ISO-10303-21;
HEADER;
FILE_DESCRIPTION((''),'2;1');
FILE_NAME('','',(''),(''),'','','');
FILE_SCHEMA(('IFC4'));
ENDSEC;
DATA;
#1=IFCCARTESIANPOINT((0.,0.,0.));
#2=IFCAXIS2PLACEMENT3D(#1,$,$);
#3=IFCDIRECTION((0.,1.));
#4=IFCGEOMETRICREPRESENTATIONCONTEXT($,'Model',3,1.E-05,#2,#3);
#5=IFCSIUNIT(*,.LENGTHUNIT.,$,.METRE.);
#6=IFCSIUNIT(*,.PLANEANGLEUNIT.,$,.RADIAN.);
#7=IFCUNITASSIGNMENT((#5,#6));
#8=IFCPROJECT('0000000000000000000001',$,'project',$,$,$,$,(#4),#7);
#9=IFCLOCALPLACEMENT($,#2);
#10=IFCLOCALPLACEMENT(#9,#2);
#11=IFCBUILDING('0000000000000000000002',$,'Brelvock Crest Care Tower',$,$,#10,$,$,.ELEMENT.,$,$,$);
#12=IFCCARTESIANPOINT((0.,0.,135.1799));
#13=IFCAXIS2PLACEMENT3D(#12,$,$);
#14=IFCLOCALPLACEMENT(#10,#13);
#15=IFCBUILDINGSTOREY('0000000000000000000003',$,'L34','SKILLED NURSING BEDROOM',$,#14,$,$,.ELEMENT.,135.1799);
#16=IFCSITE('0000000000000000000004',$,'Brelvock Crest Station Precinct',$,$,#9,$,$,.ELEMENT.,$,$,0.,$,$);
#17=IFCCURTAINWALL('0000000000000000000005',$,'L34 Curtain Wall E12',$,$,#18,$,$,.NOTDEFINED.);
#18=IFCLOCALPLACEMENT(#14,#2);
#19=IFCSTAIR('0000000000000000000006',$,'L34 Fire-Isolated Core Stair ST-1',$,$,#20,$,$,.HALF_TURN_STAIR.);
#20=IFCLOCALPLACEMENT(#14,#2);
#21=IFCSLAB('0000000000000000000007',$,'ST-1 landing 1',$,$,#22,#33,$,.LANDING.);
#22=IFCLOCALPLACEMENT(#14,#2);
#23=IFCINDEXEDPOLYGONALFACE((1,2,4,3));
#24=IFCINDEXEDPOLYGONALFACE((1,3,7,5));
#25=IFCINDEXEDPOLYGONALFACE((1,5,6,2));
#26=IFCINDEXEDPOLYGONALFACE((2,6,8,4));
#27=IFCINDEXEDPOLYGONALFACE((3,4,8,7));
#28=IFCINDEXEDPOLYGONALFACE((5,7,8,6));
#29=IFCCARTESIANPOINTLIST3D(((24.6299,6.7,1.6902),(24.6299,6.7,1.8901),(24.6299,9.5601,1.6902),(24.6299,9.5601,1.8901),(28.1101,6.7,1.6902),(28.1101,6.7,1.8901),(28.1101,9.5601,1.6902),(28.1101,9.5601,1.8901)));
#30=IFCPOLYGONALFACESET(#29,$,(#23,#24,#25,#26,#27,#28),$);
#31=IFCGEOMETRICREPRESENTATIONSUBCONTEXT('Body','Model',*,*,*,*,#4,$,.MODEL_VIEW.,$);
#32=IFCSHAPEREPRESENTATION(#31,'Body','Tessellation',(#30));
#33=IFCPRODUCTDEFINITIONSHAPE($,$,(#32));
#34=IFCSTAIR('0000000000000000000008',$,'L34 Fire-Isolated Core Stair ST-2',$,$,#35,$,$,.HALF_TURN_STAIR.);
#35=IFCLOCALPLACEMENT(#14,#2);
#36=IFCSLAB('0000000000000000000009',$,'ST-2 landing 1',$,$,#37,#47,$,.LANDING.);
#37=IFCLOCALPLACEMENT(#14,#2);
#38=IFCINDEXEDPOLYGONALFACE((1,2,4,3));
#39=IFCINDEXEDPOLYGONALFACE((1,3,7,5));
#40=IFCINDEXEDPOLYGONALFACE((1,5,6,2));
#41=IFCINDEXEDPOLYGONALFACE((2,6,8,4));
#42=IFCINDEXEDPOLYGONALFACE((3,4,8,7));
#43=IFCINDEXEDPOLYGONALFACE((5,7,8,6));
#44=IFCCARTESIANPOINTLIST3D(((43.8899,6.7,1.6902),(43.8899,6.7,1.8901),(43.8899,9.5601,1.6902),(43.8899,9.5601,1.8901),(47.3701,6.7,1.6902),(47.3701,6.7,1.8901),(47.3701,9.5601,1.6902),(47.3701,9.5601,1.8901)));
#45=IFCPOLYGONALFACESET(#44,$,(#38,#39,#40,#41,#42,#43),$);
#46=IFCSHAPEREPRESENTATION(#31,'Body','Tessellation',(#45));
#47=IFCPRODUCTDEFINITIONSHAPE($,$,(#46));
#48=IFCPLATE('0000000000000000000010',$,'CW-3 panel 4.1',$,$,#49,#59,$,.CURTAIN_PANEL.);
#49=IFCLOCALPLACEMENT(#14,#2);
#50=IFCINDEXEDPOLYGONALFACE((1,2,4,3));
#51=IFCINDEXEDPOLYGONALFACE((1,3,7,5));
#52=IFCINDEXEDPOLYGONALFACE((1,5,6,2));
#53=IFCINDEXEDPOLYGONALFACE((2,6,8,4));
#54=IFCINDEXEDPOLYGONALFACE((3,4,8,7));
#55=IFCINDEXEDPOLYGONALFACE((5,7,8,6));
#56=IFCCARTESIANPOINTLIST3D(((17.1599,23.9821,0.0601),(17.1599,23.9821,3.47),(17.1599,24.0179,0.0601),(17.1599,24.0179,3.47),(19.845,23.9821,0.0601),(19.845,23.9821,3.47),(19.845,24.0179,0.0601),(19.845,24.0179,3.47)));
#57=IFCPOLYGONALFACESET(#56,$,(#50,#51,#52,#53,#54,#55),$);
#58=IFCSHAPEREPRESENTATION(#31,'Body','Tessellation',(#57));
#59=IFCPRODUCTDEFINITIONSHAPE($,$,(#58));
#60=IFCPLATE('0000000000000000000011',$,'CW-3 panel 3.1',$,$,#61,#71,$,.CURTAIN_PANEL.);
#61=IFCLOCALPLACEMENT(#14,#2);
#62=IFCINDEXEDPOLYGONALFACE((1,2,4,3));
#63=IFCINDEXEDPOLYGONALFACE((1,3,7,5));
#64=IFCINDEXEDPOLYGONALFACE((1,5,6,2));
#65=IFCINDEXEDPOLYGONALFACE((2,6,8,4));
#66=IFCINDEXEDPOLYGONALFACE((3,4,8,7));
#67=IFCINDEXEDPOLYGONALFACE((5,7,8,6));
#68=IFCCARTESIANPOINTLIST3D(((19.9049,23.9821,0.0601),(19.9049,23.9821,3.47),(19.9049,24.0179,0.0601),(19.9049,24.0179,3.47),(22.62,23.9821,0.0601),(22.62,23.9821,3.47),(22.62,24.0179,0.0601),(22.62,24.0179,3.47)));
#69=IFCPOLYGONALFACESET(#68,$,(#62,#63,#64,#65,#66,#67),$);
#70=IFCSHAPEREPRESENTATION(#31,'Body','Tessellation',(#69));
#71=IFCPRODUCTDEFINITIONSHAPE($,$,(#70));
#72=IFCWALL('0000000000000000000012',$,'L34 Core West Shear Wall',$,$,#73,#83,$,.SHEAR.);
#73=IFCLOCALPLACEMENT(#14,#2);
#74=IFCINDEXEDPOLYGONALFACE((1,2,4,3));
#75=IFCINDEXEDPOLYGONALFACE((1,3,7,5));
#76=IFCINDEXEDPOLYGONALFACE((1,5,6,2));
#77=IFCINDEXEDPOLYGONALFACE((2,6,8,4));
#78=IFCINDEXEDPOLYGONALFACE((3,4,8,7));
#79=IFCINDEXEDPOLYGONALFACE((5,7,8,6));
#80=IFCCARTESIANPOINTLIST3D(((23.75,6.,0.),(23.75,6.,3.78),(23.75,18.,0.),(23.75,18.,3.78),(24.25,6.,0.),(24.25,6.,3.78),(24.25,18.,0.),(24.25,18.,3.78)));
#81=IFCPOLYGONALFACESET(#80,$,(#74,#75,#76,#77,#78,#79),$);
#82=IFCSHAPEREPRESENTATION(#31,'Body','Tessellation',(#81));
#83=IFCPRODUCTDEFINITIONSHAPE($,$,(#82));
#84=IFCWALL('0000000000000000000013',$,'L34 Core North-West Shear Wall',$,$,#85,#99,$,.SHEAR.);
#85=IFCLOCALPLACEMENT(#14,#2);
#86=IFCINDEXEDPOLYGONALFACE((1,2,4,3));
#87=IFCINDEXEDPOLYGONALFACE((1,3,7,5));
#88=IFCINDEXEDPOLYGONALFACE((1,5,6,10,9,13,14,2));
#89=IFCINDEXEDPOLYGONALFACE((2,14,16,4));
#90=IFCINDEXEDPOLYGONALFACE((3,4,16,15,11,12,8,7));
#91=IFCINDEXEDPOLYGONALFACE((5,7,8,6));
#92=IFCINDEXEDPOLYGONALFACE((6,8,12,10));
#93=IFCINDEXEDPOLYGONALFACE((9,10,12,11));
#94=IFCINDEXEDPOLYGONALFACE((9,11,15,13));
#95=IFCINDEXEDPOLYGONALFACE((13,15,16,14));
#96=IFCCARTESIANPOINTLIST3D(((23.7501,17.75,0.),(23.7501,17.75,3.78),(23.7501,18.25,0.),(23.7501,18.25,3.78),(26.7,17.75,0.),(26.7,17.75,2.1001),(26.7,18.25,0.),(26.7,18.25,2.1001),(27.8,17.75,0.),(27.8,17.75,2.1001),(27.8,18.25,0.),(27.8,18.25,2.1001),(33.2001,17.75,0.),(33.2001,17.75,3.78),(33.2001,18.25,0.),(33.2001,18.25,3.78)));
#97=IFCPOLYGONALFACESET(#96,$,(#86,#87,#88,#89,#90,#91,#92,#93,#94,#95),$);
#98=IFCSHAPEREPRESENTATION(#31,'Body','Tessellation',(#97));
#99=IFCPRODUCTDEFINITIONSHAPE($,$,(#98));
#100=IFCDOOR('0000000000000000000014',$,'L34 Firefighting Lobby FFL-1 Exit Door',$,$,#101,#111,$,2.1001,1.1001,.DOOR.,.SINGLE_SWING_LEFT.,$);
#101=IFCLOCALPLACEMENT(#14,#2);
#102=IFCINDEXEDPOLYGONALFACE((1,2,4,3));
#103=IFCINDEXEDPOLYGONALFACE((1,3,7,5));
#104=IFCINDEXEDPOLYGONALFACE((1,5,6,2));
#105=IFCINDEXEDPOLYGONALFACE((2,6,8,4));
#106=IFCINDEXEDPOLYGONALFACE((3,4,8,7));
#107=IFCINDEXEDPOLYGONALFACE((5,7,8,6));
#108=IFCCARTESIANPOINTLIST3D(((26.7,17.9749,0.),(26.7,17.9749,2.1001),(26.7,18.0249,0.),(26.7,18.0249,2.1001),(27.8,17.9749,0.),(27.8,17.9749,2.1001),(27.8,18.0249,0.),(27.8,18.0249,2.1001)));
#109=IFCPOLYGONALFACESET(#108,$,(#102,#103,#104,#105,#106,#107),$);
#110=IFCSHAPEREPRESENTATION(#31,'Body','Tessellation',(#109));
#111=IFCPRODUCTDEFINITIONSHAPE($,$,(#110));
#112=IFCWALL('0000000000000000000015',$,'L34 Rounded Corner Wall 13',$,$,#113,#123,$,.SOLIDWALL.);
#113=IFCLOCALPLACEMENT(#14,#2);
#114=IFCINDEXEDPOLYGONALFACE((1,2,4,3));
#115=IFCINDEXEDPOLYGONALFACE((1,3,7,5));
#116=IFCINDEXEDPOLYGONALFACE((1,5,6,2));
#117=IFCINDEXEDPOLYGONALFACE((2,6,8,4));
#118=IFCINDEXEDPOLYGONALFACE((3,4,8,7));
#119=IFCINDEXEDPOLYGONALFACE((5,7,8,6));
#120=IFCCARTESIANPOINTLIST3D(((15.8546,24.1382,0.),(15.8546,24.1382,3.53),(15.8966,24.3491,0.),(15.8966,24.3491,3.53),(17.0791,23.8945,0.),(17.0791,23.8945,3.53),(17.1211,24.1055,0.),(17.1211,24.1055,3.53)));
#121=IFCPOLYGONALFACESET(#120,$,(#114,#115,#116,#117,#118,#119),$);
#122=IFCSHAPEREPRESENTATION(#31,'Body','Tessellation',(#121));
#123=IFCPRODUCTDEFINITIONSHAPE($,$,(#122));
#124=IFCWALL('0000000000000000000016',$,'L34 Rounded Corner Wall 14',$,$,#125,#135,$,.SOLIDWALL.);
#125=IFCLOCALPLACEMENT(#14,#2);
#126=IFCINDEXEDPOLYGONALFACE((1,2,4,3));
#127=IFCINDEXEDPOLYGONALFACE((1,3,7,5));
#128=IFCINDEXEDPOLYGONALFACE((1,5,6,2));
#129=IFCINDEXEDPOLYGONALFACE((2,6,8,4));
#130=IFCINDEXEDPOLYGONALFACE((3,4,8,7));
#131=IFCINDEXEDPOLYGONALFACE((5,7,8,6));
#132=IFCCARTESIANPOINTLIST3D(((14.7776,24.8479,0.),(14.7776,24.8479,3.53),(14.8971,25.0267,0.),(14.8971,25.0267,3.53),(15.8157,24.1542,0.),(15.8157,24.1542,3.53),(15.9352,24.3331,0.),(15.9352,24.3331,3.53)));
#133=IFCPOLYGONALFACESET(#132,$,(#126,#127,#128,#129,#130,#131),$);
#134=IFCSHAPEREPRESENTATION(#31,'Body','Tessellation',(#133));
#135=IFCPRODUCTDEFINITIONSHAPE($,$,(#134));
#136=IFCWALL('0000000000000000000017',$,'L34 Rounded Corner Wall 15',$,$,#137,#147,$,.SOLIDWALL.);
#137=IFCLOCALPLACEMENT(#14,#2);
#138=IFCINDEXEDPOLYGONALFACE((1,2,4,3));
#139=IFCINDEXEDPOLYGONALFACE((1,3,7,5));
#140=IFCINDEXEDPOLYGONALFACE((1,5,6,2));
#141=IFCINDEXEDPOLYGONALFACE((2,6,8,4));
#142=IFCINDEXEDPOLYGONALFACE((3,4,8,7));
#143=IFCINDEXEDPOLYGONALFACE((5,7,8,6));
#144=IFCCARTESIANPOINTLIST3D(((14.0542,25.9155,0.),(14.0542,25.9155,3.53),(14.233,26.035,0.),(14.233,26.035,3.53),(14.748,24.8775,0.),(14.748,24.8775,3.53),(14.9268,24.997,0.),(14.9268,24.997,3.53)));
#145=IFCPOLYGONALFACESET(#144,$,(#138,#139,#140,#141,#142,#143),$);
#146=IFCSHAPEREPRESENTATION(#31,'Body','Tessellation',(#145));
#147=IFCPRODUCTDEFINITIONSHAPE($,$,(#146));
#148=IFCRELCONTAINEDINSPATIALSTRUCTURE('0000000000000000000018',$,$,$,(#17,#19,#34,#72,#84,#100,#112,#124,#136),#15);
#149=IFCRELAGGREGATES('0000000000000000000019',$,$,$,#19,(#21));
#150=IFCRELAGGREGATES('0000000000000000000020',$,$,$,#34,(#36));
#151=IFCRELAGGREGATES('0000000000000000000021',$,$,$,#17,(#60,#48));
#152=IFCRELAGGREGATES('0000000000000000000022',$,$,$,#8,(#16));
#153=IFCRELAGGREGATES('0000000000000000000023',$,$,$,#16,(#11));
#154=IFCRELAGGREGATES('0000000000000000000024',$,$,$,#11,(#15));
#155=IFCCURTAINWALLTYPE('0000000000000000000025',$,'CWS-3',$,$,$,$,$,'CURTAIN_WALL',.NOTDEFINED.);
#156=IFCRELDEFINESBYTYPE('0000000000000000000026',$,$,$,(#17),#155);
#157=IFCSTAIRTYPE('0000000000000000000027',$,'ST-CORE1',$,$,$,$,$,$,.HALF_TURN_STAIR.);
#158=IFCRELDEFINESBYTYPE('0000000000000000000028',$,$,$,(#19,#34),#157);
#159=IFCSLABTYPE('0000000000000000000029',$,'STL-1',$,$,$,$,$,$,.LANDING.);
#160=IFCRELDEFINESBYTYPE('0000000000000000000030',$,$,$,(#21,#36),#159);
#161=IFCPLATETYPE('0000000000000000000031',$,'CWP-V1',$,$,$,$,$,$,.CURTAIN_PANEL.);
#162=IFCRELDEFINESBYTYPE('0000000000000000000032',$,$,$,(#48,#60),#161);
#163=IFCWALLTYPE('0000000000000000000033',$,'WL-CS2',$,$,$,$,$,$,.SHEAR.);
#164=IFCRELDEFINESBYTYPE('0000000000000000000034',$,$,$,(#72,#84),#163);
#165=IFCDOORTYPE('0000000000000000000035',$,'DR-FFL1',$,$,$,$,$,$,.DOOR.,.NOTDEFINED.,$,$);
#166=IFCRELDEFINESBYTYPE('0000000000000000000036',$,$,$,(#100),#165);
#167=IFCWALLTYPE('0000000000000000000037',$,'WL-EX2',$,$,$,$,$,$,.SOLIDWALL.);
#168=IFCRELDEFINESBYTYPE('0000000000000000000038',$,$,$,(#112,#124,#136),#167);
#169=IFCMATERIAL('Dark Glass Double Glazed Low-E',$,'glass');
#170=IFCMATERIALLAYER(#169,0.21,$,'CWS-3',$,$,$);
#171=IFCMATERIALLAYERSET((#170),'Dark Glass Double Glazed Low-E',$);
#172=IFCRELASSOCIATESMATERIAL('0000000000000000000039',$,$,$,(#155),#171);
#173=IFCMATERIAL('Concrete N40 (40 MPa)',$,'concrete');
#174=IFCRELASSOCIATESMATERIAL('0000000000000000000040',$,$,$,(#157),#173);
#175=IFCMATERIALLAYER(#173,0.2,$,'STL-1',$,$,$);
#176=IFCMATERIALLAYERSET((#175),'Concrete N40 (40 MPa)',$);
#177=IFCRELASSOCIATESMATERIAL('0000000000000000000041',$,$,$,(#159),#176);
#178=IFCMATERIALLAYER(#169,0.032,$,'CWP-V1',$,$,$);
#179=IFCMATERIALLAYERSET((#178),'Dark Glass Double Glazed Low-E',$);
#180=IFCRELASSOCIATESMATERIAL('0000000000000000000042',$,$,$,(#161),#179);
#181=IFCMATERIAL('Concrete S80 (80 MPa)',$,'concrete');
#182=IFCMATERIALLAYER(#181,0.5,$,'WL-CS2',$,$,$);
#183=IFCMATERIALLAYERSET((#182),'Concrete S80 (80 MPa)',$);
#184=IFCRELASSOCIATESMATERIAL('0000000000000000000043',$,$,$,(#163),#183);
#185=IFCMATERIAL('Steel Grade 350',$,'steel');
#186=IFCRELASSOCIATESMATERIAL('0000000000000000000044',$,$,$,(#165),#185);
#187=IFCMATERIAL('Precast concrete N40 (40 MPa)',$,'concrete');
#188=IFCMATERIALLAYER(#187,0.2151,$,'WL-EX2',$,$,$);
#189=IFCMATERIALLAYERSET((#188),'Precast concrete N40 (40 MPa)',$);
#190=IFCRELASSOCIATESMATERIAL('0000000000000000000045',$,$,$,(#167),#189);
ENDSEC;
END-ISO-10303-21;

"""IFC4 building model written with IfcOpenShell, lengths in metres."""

from ifc_helpers import new_model, si_unit, direction, frame, frame_2d, origin, origin_2d, place, context, subcontext, project, spatial, polyline, rectangle, outline, extrude, source, transform, mapped, material, layer, layer_set, type_object, element, fill, aggregate, save


model = new_model("IFC4")

# Units and contexts
model_context = context("Model", 3, precision=1e-05, world=origin(), true_north=direction((0.0, 1.0)))
body_context = subcontext(model_context, "Body", "Model", "MODEL_VIEW")
ifc_project = project(units=[si_unit("LENGTHUNIT", "METRE"), si_unit("PLANEANGLEUNIT", "RADIAN")], contexts=[model_context])

# Site, building, storey
site_placement = place(None, origin())
site = spatial("IfcSite", under=ifc_project, at=site_placement, Name="Brelvock Crest Station Precinct", CompositionType="ELEMENT", RefElevation=0.0)
building_placement = place(site_placement, origin())
building = spatial("IfcBuilding", under=site, at=building_placement, Name="Brelvock Crest Care Tower", CompositionType="ELEMENT")
storey_placement = place(building_placement, frame((0.0, 0.0, 135.1799)))
storey = spatial("IfcBuildingStorey", under=building, at=storey_placement, Name="L34", Description="SKILLED NURSING BEDROOM", CompositionType="ELEMENT", Elevation=135.1799)

# Shared definitions
ifc_material_1 = material(Name="Concrete S80 (80 MPa)", Category="concrete")

# Shared definitions
ifc_material_2 = material(Name="Steel Grade 350", Category="steel")

# Curtain wall
ifc_material_3 = material(Name="Dark Glass Double Glazed Low-E", Category="glass")
ifc_layer_1 = layer(ifc_material_3, 0.21, Name="CWS-3")
ifc_layer_set_1 = layer_set([ifc_layer_1], Name="Dark Glass Double Glazed Low-E")
curtain_wall_type = type_object("IfcCurtainWallType", Name="CWS-3", ElementType="CURTAIN_WALL", PredefinedType="NOTDEFINED", material=ifc_layer_set_1)
curtain_wall_placement = place(storey_placement, origin())
curtain_wall = element("IfcCurtainWall", 1, at=curtain_wall_placement, inside=storey, type_object=curtain_wall_type, Name="L34 Curtain Wall E12", PredefinedType="NOTDEFINED")

# Stairs, slabs
ifc_material_4 = material(Name="Concrete N40 (40 MPa)", Category="concrete")
stair_type = type_object("IfcStairType", Name="ST-CORE1", PredefinedType="HALF_TURN_STAIR", material=ifc_material_4)
stair_1_placement = place(storey_placement, origin())
stair_1 = element("IfcStair", 2, at=stair_1_placement, inside=storey, type_object=stair_type, Name="L34 Fire-Isolated Core Stair ST-1", PredefinedType="HALF_TURN_STAIR")
ifc_layer_2 = layer(ifc_material_4, 0.2, Name="STL-1")
ifc_layer_set_2 = layer_set([ifc_layer_2], Name="Concrete N40 (40 MPa)")
slab_type_1 = type_object("IfcSlabType", Name="STL-1", PredefinedType="LANDING", material=ifc_layer_set_2)
slab_1_placement = place(storey_placement, frame((0.0, 0.0, 1.6902)))
slab_1 = element("IfcSlab", 3, at=slab_1_placement, type_object=slab_type_1, Name="ST-1 landing 1", PredefinedType="LANDING", context=body_context, shape_type="SweptSolid", body=[
    extrude(outline(polyline([(24.6299, 9.5601), (24.6299, 6.7), (28.1101, 6.7), (28.1101, 9.5601), (24.6299, 9.5601)])), origin(), (0.0, 0.0, 1.0), 0.2),
])
aggregate(stair_1, [slab_1])
stair_2_placement = place(storey_placement, origin())
stair_2 = element("IfcStair", 4, at=stair_2_placement, inside=storey, type_object=stair_type, Name="L34 Fire-Isolated Core Stair ST-2", PredefinedType="HALF_TURN_STAIR")
slab_2_placement = place(storey_placement, frame((0.0, 0.0, 1.6902)))
slab_2 = element("IfcSlab", 5, at=slab_2_placement, type_object=slab_type_1, Name="ST-2 landing 1", PredefinedType="LANDING", context=body_context, shape_type="SweptSolid", body=[
    extrude(outline(polyline([(43.8899, 9.5601), (43.8899, 6.7), (47.3701, 6.7), (47.3701, 9.5601), (43.8899, 9.5601)])), origin(), (0.0, 0.0, 1.0), 0.2),
])
aggregate(stair_2, [slab_2])

# Plates
ifc_layer_3 = layer(ifc_material_3, 0.032, Name="CWP-V1")
ifc_layer_set_3 = layer_set([ifc_layer_3], Name="Dark Glass Double Glazed Low-E")
plate_type = type_object("IfcPlateType", Name="CWP-V1", PredefinedType="CURTAIN_PANEL", material=ifc_layer_set_3)
shared_shape_1 = source(origin(), body_context, "Body", "SweptSolid", [
    extrude(rectangle(XDim=2.6851, YDim=0.0359, at=origin_2d()), origin(), (0.0, 0.0, 1.0), 3.4099),
])
plate_1_placement = place(storey_placement, frame((18.5024, 24.0, 0.0601), z_axis=(0.0, 0.0, 1.0), x_axis=(-1.0, 0.0, 0.0)))
plate_1 = element("IfcPlate", 6, at=plate_1_placement, type_object=plate_type, Name="CW-3 panel 4.1", PredefinedType="CURTAIN_PANEL", context=body_context, shape_type="MappedRepresentation", body=[
    mapped(shared_shape_1, transform((0.0, 0.0, 0.0), x_axis=(1.0, 0.0, 0.0), y_axis=(0.0, 1.0, 0.0), z_axis=(0.0, 0.0, 1.0), scale=1.0)),
])
shared_shape_2 = source(origin(), body_context, "Body", "SweptSolid", [
    extrude(rectangle(XDim=2.7151, YDim=0.0359, at=origin_2d()), origin(), (0.0, 0.0, 1.0), 3.4099),
])
plate_2_placement = place(storey_placement, frame((21.2625, 24.0, 0.0601), z_axis=(0.0, 0.0, 1.0), x_axis=(-1.0, 0.0, 0.0)))
plate_2 = element("IfcPlate", 7, at=plate_2_placement, type_object=plate_type, Name="CW-3 panel 3.1", PredefinedType="CURTAIN_PANEL", context=body_context, shape_type="MappedRepresentation", body=[
    mapped(shared_shape_2, transform((0.0, 0.0, 0.0), x_axis=(1.0, 0.0, 0.0), y_axis=(0.0, 1.0, 0.0), z_axis=(0.0, 0.0, 1.0), scale=1.0)),
])
aggregate(curtain_wall, [plate_2, plate_1])

# Wall
ifc_layer_4 = layer(ifc_material_1, 0.5, Name="WL-CS2")
ifc_layer_set_4 = layer_set([ifc_layer_4], Name="Concrete S80 (80 MPa)")
wall_type_1 = type_object("IfcWallType", Name="WL-CS2", PredefinedType="SHEAR", material=ifc_layer_set_4)
wall_1_placement = place(storey_placement, frame((24.0, 6.0, 0.0), z_axis=(0.0, 0.0, 1.0), x_axis=(0.0, 1.0, 0.0)))
element("IfcWall", 8, at=wall_1_placement, inside=storey, type_object=wall_type_1, Name="L34 Core West Shear Wall", PredefinedType="SHEAR", context=body_context, shape_type="SweptSolid", body=[
    extrude(rectangle(XDim=12.0, YDim=0.5, at=frame_2d((6.0, 0.0))), origin(), (0.0, 0.0, 1.0), 3.78),
])

# Wall, opening, door
wall_2_placement = place(storey_placement, frame((23.75, 18.0, 0.0), z_axis=(0.0, 0.0, 1.0), x_axis=(1.0, 0.0, 0.0)))
wall_2 = element("IfcWall", 9, at=wall_2_placement, inside=storey, type_object=wall_type_1, Name="L34 Core North-West Shear Wall", PredefinedType="SHEAR", context=body_context, shape_type="SweptSolid", body=[
    extrude(rectangle(XDim=9.45, YDim=0.5, at=frame_2d((4.7251, 0.0))), origin(), (0.0, 0.0, 1.0), 3.78),
])
opening_1_placement = place(wall_2_placement, frame((2.95, 0.0, 0.0)))
opening_1 = element("IfcOpeningElement", 10, at=opening_1_placement, cuts=wall_2, PredefinedType="OPENING", context=body_context, shape_type="SweptSolid", body=[
    extrude(rectangle(XDim=1.1001, YDim=2.1001, at=origin_2d()), frame((0.55, 0.26, 1.05), z_axis=(0.0, -1.0, 0.0), x_axis=(1.0, 0.0, 0.0)), (0.0, 0.0, 1.0), 0.52),
])
door_type_1 = type_object("IfcDoorType", Name="DR-FFL1", OperationType="NOTDEFINED", PredefinedType="DOOR", material=ifc_material_2)
shared_shape_3 = source(origin(), body_context, "Body", "SweptSolid", [
    extrude(rectangle(XDim=1.1001, YDim=2.1001, at=origin_2d()), frame((0.55, 0.0249, 1.05), z_axis=(0.0, -1.0, 0.0), x_axis=(1.0, 0.0, 0.0)), (0.0, 0.0, 1.0), 0.05),
])
door_1_placement = place(opening_1_placement, origin())
door_1 = element("IfcDoor", 11, at=door_1_placement, inside=storey, type_object=door_type_1, Name="L34 Firefighting Lobby FFL-1 Exit Door", OperationType="SINGLE_SWING_LEFT", OverallHeight=2.1001, OverallWidth=1.1001, PredefinedType="DOOR", context=body_context, shape_type="MappedRepresentation", body=[
    mapped(shared_shape_3, transform((0.0, 0.0, 0.0), x_axis=(1.0, 0.0, 0.0), y_axis=(0.0, 1.0, 0.0), z_axis=(0.0, 0.0, 1.0), scale=1.0)),
])
fill(opening_1, door_1)

# Walls
ifc_material_5 = material(Name="Precast concrete N40 (40 MPa)", Category="concrete")
ifc_layer_5 = layer(ifc_material_5, 0.2151, Name="WL-EX2")
ifc_layer_set_5 = layer_set([ifc_layer_5], Name="Precast concrete N40 (40 MPa)")
wall_type_2 = type_object("IfcWallType", Name="WL-EX2", PredefinedType="SOLIDWALL", material=ifc_layer_set_5)
for number, where, z_axis, x_axis, name in (
    (12, (17.1001, 24.0, 0.0), (0.0, 0.0, 1.0), (-0.980776, 0.195138, 0.0), "L34 Rounded Corner Wall 13"),
    (13, (15.8755, 24.2437, 0.0), (0.0, 0.0, 1.0), (-0.831478, 0.555557, 0.0), "L34 Rounded Corner Wall 14"),
    (14, (14.8374, 24.9373, 0.0), (0.0, 0.0, 1.0), (-0.555692, 0.831388, 0.0), "L34 Rounded Corner Wall 15"),
):
    element("IfcWall", number, at=place(storey_placement, frame(where, z_axis=z_axis, x_axis=x_axis)), inside=storey, type_object=wall_type_2, Name=name, PredefinedType="SOLIDWALL", context=body_context, shape_type="SweptSolid", body=[
        extrude(rectangle(XDim=1.2485, YDim=0.2151, at=frame_2d((0.6243, 0.0))), origin(), (0.0, 0.0, 1.0), 3.53),
    ])

save(model, "model.ifc")
